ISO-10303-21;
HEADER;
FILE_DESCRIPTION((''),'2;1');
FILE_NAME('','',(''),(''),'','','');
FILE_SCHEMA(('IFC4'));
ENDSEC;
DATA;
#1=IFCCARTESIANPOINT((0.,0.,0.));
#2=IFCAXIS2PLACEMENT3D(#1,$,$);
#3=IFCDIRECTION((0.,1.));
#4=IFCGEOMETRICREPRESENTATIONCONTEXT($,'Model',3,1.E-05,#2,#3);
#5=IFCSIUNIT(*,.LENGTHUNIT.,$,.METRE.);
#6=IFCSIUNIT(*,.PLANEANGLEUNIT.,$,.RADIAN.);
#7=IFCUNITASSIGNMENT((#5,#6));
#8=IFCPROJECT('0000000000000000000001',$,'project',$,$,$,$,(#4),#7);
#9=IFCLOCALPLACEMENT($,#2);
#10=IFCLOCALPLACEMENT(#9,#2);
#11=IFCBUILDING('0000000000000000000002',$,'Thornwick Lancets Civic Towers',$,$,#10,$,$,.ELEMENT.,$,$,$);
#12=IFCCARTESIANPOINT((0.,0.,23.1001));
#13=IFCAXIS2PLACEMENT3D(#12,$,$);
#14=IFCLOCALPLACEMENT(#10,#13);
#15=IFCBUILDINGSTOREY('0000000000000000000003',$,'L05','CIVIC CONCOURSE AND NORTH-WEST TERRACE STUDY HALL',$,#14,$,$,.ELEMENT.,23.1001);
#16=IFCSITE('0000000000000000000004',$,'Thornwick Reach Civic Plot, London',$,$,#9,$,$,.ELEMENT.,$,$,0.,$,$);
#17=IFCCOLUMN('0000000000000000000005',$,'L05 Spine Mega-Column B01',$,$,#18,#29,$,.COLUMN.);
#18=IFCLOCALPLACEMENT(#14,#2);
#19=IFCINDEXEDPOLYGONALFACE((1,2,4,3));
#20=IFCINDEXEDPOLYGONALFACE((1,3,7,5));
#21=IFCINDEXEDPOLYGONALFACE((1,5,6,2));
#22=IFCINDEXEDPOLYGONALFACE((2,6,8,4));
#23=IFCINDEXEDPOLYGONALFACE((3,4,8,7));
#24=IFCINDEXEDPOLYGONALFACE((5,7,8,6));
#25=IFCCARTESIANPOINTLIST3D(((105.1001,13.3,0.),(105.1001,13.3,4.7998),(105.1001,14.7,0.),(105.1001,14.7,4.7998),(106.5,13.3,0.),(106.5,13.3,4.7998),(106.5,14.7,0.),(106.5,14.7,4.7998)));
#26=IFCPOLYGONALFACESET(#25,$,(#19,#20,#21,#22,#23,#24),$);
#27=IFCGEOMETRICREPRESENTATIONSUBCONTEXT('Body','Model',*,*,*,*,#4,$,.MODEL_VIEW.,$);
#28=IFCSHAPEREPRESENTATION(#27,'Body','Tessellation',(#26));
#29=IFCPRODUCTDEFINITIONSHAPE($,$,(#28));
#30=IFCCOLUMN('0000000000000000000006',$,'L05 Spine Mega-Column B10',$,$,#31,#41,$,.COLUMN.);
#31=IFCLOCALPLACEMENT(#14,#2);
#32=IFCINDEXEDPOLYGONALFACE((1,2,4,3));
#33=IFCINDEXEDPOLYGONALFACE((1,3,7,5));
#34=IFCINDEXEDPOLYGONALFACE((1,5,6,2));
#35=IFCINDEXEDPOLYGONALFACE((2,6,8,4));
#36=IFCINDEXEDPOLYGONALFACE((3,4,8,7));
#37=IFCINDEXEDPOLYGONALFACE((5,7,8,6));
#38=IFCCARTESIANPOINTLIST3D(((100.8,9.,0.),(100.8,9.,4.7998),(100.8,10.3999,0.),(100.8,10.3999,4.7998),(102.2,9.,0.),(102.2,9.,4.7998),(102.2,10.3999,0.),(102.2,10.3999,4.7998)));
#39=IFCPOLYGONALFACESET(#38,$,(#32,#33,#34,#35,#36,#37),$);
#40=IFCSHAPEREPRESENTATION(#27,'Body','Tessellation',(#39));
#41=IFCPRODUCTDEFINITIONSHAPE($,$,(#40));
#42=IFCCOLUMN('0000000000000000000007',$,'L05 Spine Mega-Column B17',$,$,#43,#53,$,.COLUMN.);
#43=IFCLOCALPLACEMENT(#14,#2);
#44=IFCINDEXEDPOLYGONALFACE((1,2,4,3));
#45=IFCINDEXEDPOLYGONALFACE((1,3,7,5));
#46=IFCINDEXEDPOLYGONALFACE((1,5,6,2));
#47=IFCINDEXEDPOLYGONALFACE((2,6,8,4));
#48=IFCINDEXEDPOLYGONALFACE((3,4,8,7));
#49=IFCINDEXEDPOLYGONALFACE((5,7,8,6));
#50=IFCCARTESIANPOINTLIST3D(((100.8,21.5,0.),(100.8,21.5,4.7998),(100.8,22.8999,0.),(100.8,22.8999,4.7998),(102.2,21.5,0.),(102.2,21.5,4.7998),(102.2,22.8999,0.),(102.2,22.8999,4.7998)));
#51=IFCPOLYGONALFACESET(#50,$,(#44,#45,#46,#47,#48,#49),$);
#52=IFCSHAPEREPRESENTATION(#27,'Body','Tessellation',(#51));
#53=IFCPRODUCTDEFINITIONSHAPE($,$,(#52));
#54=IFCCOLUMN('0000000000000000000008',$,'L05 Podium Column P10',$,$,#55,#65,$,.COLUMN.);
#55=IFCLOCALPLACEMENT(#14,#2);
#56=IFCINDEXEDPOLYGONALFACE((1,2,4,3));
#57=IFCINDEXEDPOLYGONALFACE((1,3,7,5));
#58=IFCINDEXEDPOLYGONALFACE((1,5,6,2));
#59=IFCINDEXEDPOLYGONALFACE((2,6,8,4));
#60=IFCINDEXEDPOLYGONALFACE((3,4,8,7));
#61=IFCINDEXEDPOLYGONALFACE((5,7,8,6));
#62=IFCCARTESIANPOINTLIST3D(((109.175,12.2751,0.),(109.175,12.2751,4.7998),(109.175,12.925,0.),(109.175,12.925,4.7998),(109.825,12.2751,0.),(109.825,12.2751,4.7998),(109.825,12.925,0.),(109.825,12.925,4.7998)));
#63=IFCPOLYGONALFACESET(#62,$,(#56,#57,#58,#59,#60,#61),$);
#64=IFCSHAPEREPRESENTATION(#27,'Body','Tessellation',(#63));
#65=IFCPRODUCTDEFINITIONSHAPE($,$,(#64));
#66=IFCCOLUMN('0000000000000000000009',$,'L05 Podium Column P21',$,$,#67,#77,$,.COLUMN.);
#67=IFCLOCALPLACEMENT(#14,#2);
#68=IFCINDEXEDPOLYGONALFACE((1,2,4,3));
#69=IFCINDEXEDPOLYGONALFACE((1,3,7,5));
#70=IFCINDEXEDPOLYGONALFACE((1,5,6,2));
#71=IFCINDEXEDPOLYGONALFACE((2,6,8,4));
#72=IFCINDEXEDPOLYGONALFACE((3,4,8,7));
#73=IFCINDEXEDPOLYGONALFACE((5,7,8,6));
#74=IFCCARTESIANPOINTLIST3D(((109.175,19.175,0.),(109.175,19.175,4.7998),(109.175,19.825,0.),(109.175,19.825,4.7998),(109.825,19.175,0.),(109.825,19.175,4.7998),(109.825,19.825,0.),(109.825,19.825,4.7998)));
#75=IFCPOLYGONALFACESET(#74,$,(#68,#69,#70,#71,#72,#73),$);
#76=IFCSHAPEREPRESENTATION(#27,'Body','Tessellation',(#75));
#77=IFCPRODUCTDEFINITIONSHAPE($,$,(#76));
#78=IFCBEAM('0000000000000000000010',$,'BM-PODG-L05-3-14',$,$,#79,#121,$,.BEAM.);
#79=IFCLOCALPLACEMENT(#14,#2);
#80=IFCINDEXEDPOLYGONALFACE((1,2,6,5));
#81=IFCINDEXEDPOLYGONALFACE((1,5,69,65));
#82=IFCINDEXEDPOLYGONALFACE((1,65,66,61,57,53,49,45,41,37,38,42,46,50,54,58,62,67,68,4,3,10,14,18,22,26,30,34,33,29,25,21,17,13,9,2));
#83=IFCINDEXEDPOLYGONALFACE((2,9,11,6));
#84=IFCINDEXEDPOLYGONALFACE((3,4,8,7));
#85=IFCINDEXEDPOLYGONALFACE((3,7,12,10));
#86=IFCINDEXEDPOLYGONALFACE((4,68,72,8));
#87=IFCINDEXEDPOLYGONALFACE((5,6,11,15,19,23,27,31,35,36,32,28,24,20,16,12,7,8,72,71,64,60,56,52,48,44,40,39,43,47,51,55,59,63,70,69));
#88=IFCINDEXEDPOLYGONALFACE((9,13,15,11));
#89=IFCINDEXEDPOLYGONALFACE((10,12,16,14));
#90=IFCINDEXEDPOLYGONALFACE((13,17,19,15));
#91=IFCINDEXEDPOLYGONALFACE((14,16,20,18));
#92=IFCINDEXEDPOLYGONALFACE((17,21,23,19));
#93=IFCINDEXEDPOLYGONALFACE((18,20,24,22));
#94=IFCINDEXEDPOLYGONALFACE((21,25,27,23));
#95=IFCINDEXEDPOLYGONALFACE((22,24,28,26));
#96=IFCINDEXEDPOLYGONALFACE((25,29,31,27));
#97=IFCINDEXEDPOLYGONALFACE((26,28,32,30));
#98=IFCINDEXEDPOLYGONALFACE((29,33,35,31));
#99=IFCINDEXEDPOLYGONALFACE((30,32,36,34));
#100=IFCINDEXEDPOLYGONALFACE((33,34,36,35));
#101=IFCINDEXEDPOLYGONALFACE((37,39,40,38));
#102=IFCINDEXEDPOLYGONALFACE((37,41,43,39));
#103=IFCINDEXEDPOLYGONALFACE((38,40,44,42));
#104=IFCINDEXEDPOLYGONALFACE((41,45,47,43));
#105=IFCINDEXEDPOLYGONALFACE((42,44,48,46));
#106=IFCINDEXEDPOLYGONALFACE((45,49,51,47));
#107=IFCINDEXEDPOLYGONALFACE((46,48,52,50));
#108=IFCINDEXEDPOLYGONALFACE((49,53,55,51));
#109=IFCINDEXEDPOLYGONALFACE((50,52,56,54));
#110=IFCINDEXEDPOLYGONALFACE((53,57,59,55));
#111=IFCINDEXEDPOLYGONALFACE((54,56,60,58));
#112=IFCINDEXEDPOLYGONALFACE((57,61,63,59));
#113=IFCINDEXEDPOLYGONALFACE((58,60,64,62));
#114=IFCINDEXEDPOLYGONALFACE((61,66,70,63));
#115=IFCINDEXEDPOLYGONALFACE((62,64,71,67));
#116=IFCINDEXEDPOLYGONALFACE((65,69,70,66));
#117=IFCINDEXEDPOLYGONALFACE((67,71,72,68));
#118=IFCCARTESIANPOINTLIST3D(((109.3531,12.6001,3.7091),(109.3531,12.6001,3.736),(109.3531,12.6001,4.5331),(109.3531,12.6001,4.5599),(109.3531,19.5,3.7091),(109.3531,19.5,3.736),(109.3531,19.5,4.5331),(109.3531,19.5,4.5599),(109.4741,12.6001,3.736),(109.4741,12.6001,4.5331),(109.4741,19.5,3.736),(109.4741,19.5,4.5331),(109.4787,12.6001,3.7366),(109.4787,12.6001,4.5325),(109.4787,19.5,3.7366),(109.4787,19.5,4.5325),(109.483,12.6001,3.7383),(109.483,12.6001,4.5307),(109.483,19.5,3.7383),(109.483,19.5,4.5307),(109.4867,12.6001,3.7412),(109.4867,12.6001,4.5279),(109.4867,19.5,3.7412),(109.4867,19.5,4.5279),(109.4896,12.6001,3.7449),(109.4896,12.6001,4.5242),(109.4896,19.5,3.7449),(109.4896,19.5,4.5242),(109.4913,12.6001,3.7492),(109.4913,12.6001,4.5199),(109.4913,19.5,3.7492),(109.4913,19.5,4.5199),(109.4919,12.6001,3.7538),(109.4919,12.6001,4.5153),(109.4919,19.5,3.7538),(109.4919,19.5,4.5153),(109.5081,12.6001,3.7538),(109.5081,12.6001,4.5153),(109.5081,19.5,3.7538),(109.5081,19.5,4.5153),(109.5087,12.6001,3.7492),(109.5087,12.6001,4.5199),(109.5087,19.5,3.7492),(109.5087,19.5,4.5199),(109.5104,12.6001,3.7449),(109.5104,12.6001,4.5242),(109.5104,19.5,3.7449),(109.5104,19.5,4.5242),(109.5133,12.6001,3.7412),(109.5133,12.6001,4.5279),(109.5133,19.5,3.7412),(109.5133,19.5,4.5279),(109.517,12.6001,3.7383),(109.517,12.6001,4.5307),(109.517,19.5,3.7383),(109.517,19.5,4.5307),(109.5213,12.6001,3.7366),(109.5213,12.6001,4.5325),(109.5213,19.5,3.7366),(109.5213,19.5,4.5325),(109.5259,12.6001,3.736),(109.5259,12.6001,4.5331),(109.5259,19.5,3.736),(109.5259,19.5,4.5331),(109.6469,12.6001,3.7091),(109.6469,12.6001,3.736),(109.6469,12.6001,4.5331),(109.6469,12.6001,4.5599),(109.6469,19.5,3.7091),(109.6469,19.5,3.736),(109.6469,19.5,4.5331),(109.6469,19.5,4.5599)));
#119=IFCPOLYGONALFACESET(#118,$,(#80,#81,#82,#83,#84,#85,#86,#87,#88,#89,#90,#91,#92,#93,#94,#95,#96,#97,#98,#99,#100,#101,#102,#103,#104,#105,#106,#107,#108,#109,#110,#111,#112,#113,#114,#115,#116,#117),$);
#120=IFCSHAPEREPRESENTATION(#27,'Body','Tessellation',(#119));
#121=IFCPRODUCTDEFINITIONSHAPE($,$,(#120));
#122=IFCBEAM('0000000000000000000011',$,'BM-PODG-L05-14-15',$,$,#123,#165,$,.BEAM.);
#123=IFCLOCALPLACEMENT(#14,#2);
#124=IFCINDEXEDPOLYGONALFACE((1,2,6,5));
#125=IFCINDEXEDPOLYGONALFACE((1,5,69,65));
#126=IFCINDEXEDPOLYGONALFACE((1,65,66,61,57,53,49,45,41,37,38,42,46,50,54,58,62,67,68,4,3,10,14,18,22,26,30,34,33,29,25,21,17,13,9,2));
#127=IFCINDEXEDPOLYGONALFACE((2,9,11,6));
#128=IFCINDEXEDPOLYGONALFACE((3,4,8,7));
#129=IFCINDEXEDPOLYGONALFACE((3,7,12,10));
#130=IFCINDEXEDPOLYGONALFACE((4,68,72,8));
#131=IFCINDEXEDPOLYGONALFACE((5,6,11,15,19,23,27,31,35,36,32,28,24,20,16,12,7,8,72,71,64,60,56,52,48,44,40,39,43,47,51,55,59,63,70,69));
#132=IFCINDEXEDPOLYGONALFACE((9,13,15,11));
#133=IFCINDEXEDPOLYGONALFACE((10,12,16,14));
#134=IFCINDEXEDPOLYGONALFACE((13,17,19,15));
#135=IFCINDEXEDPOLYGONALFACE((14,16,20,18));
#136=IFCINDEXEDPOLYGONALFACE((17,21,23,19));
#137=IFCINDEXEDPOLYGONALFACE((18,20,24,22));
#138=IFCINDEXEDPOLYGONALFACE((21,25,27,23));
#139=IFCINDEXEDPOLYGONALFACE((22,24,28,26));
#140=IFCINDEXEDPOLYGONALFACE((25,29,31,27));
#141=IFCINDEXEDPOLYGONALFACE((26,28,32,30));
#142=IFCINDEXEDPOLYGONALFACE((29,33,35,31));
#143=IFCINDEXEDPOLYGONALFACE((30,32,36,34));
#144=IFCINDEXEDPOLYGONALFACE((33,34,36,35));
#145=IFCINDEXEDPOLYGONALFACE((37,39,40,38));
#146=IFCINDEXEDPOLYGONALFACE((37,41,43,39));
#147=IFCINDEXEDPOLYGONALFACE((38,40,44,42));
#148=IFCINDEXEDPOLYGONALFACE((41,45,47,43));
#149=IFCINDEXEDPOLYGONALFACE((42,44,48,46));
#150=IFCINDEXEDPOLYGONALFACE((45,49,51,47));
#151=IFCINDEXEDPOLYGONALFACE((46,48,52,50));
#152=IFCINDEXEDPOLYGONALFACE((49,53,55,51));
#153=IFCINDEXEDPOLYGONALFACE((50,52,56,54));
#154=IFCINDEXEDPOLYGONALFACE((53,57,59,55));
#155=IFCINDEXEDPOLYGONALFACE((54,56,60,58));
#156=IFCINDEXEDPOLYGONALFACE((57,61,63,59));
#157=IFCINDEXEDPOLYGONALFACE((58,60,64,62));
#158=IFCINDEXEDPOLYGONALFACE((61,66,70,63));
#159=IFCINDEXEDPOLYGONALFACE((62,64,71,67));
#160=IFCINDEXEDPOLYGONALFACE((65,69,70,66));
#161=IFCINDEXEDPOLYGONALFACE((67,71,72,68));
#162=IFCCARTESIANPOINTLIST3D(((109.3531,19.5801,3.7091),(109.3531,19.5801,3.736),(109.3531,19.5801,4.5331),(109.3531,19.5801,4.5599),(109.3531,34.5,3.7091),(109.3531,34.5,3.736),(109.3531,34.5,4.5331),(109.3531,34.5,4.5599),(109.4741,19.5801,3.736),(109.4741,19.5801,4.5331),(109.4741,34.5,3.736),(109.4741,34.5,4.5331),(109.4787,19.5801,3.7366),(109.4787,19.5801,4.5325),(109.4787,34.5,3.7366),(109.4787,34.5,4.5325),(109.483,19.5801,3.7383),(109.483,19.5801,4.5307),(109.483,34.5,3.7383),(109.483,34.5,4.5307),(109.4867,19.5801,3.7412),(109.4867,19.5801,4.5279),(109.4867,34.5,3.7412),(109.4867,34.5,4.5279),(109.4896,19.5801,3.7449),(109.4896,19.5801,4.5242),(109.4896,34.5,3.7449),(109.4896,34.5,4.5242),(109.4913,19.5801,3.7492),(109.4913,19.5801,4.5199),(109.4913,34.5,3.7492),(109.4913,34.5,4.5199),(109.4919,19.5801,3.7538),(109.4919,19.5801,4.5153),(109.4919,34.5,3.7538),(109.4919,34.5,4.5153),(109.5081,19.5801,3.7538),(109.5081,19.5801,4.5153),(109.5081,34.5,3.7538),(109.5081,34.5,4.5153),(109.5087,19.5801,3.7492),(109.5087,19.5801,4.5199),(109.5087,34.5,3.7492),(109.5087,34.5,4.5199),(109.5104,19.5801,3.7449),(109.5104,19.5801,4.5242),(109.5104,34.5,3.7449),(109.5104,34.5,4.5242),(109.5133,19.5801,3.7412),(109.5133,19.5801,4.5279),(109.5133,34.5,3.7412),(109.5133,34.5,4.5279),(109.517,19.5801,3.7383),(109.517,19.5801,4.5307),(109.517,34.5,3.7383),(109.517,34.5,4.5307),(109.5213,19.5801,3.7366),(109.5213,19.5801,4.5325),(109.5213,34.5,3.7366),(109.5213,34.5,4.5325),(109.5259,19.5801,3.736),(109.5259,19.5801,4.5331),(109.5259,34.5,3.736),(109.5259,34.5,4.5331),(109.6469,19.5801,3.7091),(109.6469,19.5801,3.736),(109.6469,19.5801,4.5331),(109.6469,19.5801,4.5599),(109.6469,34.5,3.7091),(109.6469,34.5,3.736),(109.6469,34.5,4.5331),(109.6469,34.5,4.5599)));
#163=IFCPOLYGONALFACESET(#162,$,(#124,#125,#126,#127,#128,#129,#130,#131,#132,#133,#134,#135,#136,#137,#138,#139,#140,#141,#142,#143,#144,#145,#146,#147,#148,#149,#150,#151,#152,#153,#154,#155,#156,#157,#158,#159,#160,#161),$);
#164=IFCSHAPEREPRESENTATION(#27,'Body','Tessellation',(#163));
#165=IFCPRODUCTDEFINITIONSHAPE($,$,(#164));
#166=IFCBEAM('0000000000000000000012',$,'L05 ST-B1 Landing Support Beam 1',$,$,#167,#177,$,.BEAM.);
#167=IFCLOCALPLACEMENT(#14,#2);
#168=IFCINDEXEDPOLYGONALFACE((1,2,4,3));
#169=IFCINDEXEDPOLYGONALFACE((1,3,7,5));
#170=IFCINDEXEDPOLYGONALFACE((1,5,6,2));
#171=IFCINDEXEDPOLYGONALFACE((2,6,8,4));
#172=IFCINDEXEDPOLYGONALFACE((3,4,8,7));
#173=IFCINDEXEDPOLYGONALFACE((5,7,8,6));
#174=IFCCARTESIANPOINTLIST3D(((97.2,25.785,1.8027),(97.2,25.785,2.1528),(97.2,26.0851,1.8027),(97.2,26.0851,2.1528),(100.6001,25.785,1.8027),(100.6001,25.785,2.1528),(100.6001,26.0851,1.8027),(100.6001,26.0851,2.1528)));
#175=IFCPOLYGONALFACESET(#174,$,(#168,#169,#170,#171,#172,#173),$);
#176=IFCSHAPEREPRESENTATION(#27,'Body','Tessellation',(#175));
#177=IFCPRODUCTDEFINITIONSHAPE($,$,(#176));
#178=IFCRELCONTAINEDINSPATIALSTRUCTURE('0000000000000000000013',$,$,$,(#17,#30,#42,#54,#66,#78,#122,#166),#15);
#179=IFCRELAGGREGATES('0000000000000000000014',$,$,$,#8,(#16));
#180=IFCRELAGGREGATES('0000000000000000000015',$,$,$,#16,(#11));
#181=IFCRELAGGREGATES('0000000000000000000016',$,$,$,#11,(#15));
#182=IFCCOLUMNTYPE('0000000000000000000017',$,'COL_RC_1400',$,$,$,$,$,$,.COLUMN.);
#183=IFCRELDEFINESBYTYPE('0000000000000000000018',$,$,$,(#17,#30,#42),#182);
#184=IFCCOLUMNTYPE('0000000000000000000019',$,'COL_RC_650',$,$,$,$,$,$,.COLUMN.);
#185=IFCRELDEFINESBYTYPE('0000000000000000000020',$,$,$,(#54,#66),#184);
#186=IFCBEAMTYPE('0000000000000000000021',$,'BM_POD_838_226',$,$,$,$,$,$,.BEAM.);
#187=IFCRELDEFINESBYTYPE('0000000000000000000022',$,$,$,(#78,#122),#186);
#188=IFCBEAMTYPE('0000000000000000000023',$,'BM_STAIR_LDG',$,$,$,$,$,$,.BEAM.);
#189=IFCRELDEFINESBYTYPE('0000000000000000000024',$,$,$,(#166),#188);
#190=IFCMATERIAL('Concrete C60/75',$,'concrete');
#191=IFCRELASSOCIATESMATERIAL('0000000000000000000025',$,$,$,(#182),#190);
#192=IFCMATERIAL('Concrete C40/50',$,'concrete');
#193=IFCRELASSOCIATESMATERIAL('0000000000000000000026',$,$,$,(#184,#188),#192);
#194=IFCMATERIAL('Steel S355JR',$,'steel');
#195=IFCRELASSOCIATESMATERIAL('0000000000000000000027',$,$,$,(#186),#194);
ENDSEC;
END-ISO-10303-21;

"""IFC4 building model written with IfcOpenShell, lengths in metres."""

from ifc_helpers import new_model, si_unit, direction, frame, origin, origin_2d, place, context, subcontext, project, spatial, rectangle, i_section, extrude, material, material_profile, profile_set, type_object, element, save


model = new_model("IFC4")

# Units and contexts
model_context = context("Model", 3, precision=1e-05, world=origin(), true_north=direction((0.0, 1.0)))
body_context = subcontext(model_context, "Body", "Model", "MODEL_VIEW")
ifc_project = project(units=[si_unit("LENGTHUNIT", "METRE"), si_unit("PLANEANGLEUNIT", "RADIAN")], contexts=[model_context])

# Site, building, storey
site_placement = place(None, origin())
site = spatial("IfcSite", under=ifc_project, at=site_placement, Name="Thornwick Reach Civic Plot, London", CompositionType="ELEMENT", RefElevation=0.0)
building_placement = place(site_placement, origin())
building = spatial("IfcBuilding", under=site, at=building_placement, Name="Thornwick Lancets Civic Towers", CompositionType="ELEMENT")
storey_placement = place(building_placement, frame((0.0, 0.0, 23.1001)))
storey = spatial("IfcBuildingStorey", under=building, at=storey_placement, Name="L05", Description="CIVIC CONCOURSE AND NORTH-WEST TERRACE STUDY HALL", CompositionType="ELEMENT", Elevation=23.1001)

# Columns
ifc_material_1 = material(Name="Concrete C60/75", Category="concrete")
ifc_material_profile_1 = material_profile(ifc_material_1, rectangle(XDim=1.3999, YDim=1.3999, at=origin_2d()), Name="RC 1400x1400")
ifc_profile_set_1 = profile_set([ifc_material_profile_1], Name="Concrete C60/75")
column_type_1 = type_object("IfcColumnType", Name="COL_RC_1400", PredefinedType="COLUMN", material=ifc_profile_set_1)
for number, where, z_axis, x_axis, name in (
    (1, (105.8, 14.0, 0.0), (0.0, 0.0, 1.0), (1.0, 0.0, 0.0), "L05 Spine Mega-Column B01"),
    (2, (101.5, 9.7, 0.0), (0.0, 0.0, 1.0), (1.0, 0.0, 0.0), "L05 Spine Mega-Column B10"),
    (3, (101.5, 22.2, 0.0), (0.0, 0.0, 1.0), (1.0, 0.0, 0.0), "L05 Spine Mega-Column B17"),
):
    element("IfcColumn", number, at=place(storey_placement, frame(where, z_axis=z_axis, x_axis=x_axis)), inside=storey, type_object=column_type_1, Name=name, PredefinedType="COLUMN", context=body_context, shape_type="SweptSolid", body=[
        extrude(rectangle(XDim=1.3999, YDim=1.3999, at=origin_2d()), origin(), (0.0, 0.0, 1.0), 4.7998),
    ])
ifc_material_2 = material(Name="Concrete C40/50", Category="concrete")
ifc_material_profile_2 = material_profile(ifc_material_2, rectangle(XDim=0.6499, YDim=0.6499, at=origin_2d()), Name="RC 650x650")
ifc_profile_set_2 = profile_set([ifc_material_profile_2], Name="Concrete C40/50")
column_type_2 = type_object("IfcColumnType", Name="COL_RC_650", PredefinedType="COLUMN", material=ifc_profile_set_2)
for number, where, z_axis, x_axis, name in (
    (4, (109.5, 12.6001, 0.0), (0.0, 0.0, 1.0), (1.0, 0.0, 0.0), "L05 Podium Column P10"),
    (5, (109.5, 19.5, 0.0), (0.0, 0.0, 1.0), (1.0, 0.0, 0.0), "L05 Podium Column P21"),
):
    element("IfcColumn", number, at=place(storey_placement, frame(where, z_axis=z_axis, x_axis=x_axis)), inside=storey, type_object=column_type_2, Name=name, PredefinedType="COLUMN", context=body_context, shape_type="SweptSolid", body=[
        extrude(rectangle(XDim=0.6499, YDim=0.6499, at=origin_2d()), origin(), (0.0, 0.0, 1.0), 4.7998),
    ])

# Beams
ifc_material_3 = material(Name="Steel S355JR", Category="steel")
ifc_material_profile_3 = material_profile(ifc_material_3, i_section(OverallWidth=0.2937, OverallDepth=0.8508, WebThickness=0.0161, FlangeThickness=0.0269, FilletRadius=0.0178, at=origin_2d()), Name="UKB 838x292x226")
ifc_profile_set_3 = profile_set([ifc_material_profile_3], Name="Steel S355JR")
beam_type_1 = type_object("IfcBeamType", Name="BM_POD_838_226", PredefinedType="BEAM", material=ifc_profile_set_3)
beam_1_placement = place(storey_placement, frame((109.5, 12.6001, 4.1345), z_axis=(0.0, 1.0, 0.0), x_axis=(-1.0, 0.0, 0.0)))
element("IfcBeam", 6, at=beam_1_placement, inside=storey, type_object=beam_type_1, Name="BM-PODG-L05-3-14", PredefinedType="BEAM", context=body_context, shape_type="SweptSolid", body=[
    extrude(i_section(OverallWidth=0.2937, OverallDepth=0.8508, WebThickness=0.0161, FlangeThickness=0.0269, FilletRadius=0.0178, at=origin_2d()), origin(), (0.0, 0.0, 1.0), 6.8999),
])
beam_2_placement = place(storey_placement, frame((109.5, 19.5801, 4.1345), z_axis=(0.0, 1.0, 0.0), x_axis=(-1.0, 0.0, 0.0)))
element("IfcBeam", 7, at=beam_2_placement, inside=storey, type_object=beam_type_1, Name="BM-PODG-L05-14-15", PredefinedType="BEAM", context=body_context, shape_type="SweptSolid", body=[
    extrude(i_section(OverallWidth=0.2937, OverallDepth=0.8508, WebThickness=0.0161, FlangeThickness=0.0269, FilletRadius=0.0178, at=origin_2d()), origin(), (0.0, 0.0, 1.0), 14.9199),
])
ifc_material_profile_4 = material_profile(ifc_material_2, rectangle(XDim=0.3, YDim=0.3501, at=origin_2d()), Name="RC 300x350")
ifc_profile_set_4 = profile_set([ifc_material_profile_4], Name="Concrete C40/50")
beam_type_2 = type_object("IfcBeamType", Name="BM_STAIR_LDG", PredefinedType="BEAM", material=ifc_profile_set_4)
beam_3_placement = place(storey_placement, frame((100.6001, 25.9351, 1.9778), z_axis=(-1.0, 0.0, 0.0), x_axis=(0.0, -1.0, 0.0)))
element("IfcBeam", 8, at=beam_3_placement, inside=storey, type_object=beam_type_2, Name="L05 ST-B1 Landing Support Beam 1", PredefinedType="BEAM", context=body_context, shape_type="SweptSolid", body=[
    extrude(rectangle(XDim=0.3, YDim=0.3501, at=origin_2d()), origin(), (0.0, 0.0, 1.0), 3.4001),
])

save(model, "model.ifc")
